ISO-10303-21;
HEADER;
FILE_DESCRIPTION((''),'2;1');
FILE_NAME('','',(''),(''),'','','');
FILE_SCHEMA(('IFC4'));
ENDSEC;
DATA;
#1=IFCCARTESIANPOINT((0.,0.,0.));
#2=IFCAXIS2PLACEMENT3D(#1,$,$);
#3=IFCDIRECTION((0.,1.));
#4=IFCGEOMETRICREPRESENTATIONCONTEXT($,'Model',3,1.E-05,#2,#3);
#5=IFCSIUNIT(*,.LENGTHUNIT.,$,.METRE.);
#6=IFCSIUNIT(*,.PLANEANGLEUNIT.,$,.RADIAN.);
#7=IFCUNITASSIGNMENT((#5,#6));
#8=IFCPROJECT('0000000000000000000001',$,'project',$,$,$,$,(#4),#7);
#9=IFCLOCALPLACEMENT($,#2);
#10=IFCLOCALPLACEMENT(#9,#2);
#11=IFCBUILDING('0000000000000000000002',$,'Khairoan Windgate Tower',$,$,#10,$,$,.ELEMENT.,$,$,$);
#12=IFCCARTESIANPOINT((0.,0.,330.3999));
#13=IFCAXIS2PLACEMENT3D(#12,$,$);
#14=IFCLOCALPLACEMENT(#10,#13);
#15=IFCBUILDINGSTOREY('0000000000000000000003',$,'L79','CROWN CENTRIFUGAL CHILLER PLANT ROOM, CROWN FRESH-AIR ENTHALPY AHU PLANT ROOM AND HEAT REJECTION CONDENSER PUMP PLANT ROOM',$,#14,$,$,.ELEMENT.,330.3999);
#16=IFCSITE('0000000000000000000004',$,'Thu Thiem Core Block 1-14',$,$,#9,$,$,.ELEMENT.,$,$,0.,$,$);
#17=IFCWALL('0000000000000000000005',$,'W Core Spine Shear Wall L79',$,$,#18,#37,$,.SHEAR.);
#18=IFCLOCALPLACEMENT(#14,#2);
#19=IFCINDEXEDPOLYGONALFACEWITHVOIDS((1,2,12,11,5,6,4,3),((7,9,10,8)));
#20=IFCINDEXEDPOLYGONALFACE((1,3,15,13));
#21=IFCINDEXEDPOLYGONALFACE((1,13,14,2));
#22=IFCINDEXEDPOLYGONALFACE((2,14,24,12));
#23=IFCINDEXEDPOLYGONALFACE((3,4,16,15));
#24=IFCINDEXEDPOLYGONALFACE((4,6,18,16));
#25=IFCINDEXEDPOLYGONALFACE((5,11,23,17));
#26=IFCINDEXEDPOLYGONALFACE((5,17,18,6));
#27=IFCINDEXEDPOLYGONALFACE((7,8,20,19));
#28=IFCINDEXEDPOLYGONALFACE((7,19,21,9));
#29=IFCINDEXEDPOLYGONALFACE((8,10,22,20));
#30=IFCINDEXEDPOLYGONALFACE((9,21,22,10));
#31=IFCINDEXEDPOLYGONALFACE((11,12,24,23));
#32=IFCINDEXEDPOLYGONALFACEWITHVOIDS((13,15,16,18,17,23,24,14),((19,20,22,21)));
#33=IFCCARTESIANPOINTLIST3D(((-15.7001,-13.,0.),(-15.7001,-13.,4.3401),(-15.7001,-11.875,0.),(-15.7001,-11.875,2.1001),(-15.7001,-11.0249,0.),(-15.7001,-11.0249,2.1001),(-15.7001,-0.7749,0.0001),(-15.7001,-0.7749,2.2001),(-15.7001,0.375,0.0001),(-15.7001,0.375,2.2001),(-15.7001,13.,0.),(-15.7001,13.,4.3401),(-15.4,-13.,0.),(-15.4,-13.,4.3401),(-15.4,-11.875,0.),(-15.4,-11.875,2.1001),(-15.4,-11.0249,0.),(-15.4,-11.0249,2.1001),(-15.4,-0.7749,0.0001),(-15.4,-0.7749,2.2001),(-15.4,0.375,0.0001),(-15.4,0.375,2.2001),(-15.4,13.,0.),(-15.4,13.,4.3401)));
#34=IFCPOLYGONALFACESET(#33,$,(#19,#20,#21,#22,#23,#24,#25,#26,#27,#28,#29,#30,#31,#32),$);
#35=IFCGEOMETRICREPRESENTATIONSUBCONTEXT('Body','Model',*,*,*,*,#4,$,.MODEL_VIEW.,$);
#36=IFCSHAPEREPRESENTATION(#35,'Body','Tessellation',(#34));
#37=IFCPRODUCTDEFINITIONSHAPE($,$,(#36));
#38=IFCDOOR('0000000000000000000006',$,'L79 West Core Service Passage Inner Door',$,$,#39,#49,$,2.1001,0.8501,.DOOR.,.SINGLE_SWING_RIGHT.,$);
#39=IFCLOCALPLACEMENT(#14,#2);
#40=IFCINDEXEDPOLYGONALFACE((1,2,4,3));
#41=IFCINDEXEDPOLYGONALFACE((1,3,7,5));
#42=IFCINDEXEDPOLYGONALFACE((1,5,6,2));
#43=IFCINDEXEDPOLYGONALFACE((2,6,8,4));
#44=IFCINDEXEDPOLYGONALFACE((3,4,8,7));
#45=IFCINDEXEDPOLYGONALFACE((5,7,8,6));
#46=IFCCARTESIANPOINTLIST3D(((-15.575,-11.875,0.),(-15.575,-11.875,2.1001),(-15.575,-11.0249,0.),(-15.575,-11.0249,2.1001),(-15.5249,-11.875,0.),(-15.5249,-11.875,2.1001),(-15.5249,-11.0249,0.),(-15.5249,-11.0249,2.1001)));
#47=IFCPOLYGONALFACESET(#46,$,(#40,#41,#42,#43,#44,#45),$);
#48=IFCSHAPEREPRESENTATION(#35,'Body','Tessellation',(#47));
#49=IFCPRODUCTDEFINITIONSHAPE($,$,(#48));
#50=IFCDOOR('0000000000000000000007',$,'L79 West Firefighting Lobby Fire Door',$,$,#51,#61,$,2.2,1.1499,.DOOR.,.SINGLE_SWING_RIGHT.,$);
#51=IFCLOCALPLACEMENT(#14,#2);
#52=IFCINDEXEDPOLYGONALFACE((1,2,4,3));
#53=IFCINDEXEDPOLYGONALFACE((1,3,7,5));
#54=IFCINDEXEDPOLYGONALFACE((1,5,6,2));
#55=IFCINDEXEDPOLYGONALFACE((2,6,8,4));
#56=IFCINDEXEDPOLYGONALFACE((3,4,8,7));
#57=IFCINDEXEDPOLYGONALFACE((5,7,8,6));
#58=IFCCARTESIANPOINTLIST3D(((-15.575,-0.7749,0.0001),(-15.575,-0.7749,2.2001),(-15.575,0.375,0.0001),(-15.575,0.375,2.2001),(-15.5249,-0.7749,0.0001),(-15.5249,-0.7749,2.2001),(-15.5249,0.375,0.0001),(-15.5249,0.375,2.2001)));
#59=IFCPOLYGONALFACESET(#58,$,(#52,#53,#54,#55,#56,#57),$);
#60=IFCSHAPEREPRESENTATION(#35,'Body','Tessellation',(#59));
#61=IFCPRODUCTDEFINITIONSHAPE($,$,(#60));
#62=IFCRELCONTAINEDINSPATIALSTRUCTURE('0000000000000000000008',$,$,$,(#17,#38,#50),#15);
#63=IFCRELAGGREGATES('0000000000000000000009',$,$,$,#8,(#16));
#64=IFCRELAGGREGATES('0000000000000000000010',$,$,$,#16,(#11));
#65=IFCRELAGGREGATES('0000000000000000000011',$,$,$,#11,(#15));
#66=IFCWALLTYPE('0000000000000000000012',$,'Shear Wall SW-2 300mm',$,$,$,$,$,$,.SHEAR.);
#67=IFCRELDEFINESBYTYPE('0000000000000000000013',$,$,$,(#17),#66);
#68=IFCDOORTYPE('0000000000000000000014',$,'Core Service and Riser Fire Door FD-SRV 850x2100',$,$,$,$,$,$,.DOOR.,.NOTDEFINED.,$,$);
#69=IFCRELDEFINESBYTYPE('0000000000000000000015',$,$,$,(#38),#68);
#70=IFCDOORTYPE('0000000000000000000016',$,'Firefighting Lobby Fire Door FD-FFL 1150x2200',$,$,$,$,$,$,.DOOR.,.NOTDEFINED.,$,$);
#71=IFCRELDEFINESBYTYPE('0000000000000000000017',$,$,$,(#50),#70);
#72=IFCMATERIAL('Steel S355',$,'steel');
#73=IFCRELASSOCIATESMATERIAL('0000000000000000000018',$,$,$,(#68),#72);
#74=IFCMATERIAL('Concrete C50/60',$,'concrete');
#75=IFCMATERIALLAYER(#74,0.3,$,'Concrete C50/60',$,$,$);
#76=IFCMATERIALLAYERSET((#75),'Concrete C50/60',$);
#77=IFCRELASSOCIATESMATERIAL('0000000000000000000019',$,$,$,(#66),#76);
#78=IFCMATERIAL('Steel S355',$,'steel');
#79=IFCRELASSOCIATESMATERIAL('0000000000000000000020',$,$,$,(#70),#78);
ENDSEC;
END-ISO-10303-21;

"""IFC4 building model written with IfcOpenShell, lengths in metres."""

from ifc_helpers import new_model, si_unit, direction, frame, frame_2d, origin, place, context, subcontext, project, spatial, rectangle, extrude, material, layer, layer_set, type_object, element, fill, save


model = new_model("IFC4")

# Units and contexts
model_context = context("Model", 3, precision=1e-05, world=origin(), true_north=direction((0.0, 1.0)))
body_context = subcontext(model_context, "Body", "Model", "MODEL_VIEW")
ifc_project = project(units=[si_unit("LENGTHUNIT", "METRE"), si_unit("PLANEANGLEUNIT", "RADIAN")], contexts=[model_context])

# Site, building, storey
site_placement = place(None, origin())
site = spatial("IfcSite", under=ifc_project, at=site_placement, Name="Thu Thiem Core Block 1-14", CompositionType="ELEMENT", RefElevation=0.0)
building_placement = place(site_placement, origin())
building = spatial("IfcBuilding", under=site, at=building_placement, Name="Khairoan Windgate Tower", CompositionType="ELEMENT")
storey_placement = place(building_placement, frame((0.0, 0.0, 330.3999)))
storey = spatial("IfcBuildingStorey", under=building, at=storey_placement, Name="L79", Description="CROWN CENTRIFUGAL CHILLER PLANT ROOM, CROWN FRESH-AIR ENTHALPY AHU PLANT ROOM AND HEAT REJECTION CONDENSER PUMP PLANT ROOM", CompositionType="ELEMENT", Elevation=330.3999)

# Shared definitions
ifc_material_1 = material(Name="Steel S355", Category="steel")
door_type_1 = type_object("IfcDoorType", Name="Core Service and Riser Fire Door FD-SRV 850x2100", OperationType="NOTDEFINED", PredefinedType="DOOR", material=ifc_material_1)

# Wall, openings, doors
ifc_material_2 = material(Name="Concrete C50/60", Category="concrete")
ifc_layer_1 = layer(ifc_material_2, 0.3, Name="Concrete C50/60")
ifc_layer_set_1 = layer_set([ifc_layer_1], Name="Concrete C50/60")
wall_type_1 = type_object("IfcWallType", Name="Shear Wall SW-2 300mm", PredefinedType="SHEAR", material=ifc_layer_set_1)
wall_1_placement = place(storey_placement, frame((-15.55, -13.0, 0.0), z_axis=(0.0, 0.0, 1.0), x_axis=(0.0, 1.0, 0.0)))
wall_1 = element("IfcWall", 1, at=wall_1_placement, inside=storey, type_object=wall_type_1, Name="W Core Spine Shear Wall L79", PredefinedType="SHEAR", context=body_context, shape_type="SweptSolid", body=[
    extrude(rectangle(XDim=26.0, YDim=0.3, at=frame_2d((13.0, 0.0))), origin(), (0.0, 0.0, 1.0), 4.3401),
])
opening_1_placement = place(wall_1_placement, frame((12.2251, 0.0, 0.0)))
opening_1 = element("IfcOpeningElement", 2, at=opening_1_placement, cuts=wall_1, PredefinedType="OPENING", context=body_context, shape_type="SweptSolid", body=[
    extrude(rectangle(XDim=1.1499, YDim=2.2, at=frame_2d((0.575, 1.1001))), frame((0.0, 0.1599, 0.0), z_axis=(0.0, -1.0, 0.0), x_axis=(1.0, 0.0, 0.0)), (0.0, 0.0, 1.0), 0.3201),
])
opening_2_placement = place(wall_1_placement, frame((1.125, 0.0, 0.0)))
opening_2 = element("IfcOpeningElement", 3, at=opening_2_placement, cuts=wall_1, PredefinedType="OPENING", context=body_context, shape_type="SweptSolid", body=[
    extrude(rectangle(XDim=0.8501, YDim=2.1001, at=frame_2d((0.425, 1.05))), frame((0.0, 0.1599, 0.0), z_axis=(0.0, -1.0, 0.0), x_axis=(1.0, 0.0, 0.0)), (0.0, 0.0, 1.0), 0.3201),
])
door_1_placement = place(opening_2_placement, origin())
door_1 = element("IfcDoor", 4, at=door_1_placement, inside=storey, type_object=door_type_1, Name="L79 West Core Service Passage Inner Door", OperationType="SINGLE_SWING_RIGHT", OverallHeight=2.1001, OverallWidth=0.8501, PredefinedType="DOOR", context=body_context, shape_type="SweptSolid", body=[
    extrude(rectangle(XDim=0.8501, YDim=2.1001, at=frame_2d((0.425, 1.05))), frame((0.0, 0.0249, 0.0), z_axis=(0.0, -1.0, 0.0), x_axis=(1.0, 0.0, 0.0)), (0.0, 0.0, 1.0), 0.05),
])
fill(opening_2, door_1)
ifc_material_3 = material(Name="Steel S355", Category="steel")
door_type_2 = type_object("IfcDoorType", Name="Firefighting Lobby Fire Door FD-FFL 1150x2200", OperationType="NOTDEFINED", PredefinedType="DOOR", material=ifc_material_3)
door_2_placement = place(opening_1_placement, origin())
door_2 = element("IfcDoor", 5, at=door_2_placement, inside=storey, type_object=door_type_2, Name="L79 West Firefighting Lobby Fire Door", OperationType="SINGLE_SWING_RIGHT", OverallHeight=2.2, OverallWidth=1.1499, PredefinedType="DOOR", context=body_context, shape_type="SweptSolid", body=[
    extrude(rectangle(XDim=1.1499, YDim=2.2, at=frame_2d((0.575, 1.1001))), frame((0.0, 0.0249, 0.0), z_axis=(0.0, -1.0, 0.0), x_axis=(1.0, 0.0, 0.0)), (0.0, 0.0, 1.0), 0.05),
])
fill(opening_1, door_2)

save(model, "model.ifc")
